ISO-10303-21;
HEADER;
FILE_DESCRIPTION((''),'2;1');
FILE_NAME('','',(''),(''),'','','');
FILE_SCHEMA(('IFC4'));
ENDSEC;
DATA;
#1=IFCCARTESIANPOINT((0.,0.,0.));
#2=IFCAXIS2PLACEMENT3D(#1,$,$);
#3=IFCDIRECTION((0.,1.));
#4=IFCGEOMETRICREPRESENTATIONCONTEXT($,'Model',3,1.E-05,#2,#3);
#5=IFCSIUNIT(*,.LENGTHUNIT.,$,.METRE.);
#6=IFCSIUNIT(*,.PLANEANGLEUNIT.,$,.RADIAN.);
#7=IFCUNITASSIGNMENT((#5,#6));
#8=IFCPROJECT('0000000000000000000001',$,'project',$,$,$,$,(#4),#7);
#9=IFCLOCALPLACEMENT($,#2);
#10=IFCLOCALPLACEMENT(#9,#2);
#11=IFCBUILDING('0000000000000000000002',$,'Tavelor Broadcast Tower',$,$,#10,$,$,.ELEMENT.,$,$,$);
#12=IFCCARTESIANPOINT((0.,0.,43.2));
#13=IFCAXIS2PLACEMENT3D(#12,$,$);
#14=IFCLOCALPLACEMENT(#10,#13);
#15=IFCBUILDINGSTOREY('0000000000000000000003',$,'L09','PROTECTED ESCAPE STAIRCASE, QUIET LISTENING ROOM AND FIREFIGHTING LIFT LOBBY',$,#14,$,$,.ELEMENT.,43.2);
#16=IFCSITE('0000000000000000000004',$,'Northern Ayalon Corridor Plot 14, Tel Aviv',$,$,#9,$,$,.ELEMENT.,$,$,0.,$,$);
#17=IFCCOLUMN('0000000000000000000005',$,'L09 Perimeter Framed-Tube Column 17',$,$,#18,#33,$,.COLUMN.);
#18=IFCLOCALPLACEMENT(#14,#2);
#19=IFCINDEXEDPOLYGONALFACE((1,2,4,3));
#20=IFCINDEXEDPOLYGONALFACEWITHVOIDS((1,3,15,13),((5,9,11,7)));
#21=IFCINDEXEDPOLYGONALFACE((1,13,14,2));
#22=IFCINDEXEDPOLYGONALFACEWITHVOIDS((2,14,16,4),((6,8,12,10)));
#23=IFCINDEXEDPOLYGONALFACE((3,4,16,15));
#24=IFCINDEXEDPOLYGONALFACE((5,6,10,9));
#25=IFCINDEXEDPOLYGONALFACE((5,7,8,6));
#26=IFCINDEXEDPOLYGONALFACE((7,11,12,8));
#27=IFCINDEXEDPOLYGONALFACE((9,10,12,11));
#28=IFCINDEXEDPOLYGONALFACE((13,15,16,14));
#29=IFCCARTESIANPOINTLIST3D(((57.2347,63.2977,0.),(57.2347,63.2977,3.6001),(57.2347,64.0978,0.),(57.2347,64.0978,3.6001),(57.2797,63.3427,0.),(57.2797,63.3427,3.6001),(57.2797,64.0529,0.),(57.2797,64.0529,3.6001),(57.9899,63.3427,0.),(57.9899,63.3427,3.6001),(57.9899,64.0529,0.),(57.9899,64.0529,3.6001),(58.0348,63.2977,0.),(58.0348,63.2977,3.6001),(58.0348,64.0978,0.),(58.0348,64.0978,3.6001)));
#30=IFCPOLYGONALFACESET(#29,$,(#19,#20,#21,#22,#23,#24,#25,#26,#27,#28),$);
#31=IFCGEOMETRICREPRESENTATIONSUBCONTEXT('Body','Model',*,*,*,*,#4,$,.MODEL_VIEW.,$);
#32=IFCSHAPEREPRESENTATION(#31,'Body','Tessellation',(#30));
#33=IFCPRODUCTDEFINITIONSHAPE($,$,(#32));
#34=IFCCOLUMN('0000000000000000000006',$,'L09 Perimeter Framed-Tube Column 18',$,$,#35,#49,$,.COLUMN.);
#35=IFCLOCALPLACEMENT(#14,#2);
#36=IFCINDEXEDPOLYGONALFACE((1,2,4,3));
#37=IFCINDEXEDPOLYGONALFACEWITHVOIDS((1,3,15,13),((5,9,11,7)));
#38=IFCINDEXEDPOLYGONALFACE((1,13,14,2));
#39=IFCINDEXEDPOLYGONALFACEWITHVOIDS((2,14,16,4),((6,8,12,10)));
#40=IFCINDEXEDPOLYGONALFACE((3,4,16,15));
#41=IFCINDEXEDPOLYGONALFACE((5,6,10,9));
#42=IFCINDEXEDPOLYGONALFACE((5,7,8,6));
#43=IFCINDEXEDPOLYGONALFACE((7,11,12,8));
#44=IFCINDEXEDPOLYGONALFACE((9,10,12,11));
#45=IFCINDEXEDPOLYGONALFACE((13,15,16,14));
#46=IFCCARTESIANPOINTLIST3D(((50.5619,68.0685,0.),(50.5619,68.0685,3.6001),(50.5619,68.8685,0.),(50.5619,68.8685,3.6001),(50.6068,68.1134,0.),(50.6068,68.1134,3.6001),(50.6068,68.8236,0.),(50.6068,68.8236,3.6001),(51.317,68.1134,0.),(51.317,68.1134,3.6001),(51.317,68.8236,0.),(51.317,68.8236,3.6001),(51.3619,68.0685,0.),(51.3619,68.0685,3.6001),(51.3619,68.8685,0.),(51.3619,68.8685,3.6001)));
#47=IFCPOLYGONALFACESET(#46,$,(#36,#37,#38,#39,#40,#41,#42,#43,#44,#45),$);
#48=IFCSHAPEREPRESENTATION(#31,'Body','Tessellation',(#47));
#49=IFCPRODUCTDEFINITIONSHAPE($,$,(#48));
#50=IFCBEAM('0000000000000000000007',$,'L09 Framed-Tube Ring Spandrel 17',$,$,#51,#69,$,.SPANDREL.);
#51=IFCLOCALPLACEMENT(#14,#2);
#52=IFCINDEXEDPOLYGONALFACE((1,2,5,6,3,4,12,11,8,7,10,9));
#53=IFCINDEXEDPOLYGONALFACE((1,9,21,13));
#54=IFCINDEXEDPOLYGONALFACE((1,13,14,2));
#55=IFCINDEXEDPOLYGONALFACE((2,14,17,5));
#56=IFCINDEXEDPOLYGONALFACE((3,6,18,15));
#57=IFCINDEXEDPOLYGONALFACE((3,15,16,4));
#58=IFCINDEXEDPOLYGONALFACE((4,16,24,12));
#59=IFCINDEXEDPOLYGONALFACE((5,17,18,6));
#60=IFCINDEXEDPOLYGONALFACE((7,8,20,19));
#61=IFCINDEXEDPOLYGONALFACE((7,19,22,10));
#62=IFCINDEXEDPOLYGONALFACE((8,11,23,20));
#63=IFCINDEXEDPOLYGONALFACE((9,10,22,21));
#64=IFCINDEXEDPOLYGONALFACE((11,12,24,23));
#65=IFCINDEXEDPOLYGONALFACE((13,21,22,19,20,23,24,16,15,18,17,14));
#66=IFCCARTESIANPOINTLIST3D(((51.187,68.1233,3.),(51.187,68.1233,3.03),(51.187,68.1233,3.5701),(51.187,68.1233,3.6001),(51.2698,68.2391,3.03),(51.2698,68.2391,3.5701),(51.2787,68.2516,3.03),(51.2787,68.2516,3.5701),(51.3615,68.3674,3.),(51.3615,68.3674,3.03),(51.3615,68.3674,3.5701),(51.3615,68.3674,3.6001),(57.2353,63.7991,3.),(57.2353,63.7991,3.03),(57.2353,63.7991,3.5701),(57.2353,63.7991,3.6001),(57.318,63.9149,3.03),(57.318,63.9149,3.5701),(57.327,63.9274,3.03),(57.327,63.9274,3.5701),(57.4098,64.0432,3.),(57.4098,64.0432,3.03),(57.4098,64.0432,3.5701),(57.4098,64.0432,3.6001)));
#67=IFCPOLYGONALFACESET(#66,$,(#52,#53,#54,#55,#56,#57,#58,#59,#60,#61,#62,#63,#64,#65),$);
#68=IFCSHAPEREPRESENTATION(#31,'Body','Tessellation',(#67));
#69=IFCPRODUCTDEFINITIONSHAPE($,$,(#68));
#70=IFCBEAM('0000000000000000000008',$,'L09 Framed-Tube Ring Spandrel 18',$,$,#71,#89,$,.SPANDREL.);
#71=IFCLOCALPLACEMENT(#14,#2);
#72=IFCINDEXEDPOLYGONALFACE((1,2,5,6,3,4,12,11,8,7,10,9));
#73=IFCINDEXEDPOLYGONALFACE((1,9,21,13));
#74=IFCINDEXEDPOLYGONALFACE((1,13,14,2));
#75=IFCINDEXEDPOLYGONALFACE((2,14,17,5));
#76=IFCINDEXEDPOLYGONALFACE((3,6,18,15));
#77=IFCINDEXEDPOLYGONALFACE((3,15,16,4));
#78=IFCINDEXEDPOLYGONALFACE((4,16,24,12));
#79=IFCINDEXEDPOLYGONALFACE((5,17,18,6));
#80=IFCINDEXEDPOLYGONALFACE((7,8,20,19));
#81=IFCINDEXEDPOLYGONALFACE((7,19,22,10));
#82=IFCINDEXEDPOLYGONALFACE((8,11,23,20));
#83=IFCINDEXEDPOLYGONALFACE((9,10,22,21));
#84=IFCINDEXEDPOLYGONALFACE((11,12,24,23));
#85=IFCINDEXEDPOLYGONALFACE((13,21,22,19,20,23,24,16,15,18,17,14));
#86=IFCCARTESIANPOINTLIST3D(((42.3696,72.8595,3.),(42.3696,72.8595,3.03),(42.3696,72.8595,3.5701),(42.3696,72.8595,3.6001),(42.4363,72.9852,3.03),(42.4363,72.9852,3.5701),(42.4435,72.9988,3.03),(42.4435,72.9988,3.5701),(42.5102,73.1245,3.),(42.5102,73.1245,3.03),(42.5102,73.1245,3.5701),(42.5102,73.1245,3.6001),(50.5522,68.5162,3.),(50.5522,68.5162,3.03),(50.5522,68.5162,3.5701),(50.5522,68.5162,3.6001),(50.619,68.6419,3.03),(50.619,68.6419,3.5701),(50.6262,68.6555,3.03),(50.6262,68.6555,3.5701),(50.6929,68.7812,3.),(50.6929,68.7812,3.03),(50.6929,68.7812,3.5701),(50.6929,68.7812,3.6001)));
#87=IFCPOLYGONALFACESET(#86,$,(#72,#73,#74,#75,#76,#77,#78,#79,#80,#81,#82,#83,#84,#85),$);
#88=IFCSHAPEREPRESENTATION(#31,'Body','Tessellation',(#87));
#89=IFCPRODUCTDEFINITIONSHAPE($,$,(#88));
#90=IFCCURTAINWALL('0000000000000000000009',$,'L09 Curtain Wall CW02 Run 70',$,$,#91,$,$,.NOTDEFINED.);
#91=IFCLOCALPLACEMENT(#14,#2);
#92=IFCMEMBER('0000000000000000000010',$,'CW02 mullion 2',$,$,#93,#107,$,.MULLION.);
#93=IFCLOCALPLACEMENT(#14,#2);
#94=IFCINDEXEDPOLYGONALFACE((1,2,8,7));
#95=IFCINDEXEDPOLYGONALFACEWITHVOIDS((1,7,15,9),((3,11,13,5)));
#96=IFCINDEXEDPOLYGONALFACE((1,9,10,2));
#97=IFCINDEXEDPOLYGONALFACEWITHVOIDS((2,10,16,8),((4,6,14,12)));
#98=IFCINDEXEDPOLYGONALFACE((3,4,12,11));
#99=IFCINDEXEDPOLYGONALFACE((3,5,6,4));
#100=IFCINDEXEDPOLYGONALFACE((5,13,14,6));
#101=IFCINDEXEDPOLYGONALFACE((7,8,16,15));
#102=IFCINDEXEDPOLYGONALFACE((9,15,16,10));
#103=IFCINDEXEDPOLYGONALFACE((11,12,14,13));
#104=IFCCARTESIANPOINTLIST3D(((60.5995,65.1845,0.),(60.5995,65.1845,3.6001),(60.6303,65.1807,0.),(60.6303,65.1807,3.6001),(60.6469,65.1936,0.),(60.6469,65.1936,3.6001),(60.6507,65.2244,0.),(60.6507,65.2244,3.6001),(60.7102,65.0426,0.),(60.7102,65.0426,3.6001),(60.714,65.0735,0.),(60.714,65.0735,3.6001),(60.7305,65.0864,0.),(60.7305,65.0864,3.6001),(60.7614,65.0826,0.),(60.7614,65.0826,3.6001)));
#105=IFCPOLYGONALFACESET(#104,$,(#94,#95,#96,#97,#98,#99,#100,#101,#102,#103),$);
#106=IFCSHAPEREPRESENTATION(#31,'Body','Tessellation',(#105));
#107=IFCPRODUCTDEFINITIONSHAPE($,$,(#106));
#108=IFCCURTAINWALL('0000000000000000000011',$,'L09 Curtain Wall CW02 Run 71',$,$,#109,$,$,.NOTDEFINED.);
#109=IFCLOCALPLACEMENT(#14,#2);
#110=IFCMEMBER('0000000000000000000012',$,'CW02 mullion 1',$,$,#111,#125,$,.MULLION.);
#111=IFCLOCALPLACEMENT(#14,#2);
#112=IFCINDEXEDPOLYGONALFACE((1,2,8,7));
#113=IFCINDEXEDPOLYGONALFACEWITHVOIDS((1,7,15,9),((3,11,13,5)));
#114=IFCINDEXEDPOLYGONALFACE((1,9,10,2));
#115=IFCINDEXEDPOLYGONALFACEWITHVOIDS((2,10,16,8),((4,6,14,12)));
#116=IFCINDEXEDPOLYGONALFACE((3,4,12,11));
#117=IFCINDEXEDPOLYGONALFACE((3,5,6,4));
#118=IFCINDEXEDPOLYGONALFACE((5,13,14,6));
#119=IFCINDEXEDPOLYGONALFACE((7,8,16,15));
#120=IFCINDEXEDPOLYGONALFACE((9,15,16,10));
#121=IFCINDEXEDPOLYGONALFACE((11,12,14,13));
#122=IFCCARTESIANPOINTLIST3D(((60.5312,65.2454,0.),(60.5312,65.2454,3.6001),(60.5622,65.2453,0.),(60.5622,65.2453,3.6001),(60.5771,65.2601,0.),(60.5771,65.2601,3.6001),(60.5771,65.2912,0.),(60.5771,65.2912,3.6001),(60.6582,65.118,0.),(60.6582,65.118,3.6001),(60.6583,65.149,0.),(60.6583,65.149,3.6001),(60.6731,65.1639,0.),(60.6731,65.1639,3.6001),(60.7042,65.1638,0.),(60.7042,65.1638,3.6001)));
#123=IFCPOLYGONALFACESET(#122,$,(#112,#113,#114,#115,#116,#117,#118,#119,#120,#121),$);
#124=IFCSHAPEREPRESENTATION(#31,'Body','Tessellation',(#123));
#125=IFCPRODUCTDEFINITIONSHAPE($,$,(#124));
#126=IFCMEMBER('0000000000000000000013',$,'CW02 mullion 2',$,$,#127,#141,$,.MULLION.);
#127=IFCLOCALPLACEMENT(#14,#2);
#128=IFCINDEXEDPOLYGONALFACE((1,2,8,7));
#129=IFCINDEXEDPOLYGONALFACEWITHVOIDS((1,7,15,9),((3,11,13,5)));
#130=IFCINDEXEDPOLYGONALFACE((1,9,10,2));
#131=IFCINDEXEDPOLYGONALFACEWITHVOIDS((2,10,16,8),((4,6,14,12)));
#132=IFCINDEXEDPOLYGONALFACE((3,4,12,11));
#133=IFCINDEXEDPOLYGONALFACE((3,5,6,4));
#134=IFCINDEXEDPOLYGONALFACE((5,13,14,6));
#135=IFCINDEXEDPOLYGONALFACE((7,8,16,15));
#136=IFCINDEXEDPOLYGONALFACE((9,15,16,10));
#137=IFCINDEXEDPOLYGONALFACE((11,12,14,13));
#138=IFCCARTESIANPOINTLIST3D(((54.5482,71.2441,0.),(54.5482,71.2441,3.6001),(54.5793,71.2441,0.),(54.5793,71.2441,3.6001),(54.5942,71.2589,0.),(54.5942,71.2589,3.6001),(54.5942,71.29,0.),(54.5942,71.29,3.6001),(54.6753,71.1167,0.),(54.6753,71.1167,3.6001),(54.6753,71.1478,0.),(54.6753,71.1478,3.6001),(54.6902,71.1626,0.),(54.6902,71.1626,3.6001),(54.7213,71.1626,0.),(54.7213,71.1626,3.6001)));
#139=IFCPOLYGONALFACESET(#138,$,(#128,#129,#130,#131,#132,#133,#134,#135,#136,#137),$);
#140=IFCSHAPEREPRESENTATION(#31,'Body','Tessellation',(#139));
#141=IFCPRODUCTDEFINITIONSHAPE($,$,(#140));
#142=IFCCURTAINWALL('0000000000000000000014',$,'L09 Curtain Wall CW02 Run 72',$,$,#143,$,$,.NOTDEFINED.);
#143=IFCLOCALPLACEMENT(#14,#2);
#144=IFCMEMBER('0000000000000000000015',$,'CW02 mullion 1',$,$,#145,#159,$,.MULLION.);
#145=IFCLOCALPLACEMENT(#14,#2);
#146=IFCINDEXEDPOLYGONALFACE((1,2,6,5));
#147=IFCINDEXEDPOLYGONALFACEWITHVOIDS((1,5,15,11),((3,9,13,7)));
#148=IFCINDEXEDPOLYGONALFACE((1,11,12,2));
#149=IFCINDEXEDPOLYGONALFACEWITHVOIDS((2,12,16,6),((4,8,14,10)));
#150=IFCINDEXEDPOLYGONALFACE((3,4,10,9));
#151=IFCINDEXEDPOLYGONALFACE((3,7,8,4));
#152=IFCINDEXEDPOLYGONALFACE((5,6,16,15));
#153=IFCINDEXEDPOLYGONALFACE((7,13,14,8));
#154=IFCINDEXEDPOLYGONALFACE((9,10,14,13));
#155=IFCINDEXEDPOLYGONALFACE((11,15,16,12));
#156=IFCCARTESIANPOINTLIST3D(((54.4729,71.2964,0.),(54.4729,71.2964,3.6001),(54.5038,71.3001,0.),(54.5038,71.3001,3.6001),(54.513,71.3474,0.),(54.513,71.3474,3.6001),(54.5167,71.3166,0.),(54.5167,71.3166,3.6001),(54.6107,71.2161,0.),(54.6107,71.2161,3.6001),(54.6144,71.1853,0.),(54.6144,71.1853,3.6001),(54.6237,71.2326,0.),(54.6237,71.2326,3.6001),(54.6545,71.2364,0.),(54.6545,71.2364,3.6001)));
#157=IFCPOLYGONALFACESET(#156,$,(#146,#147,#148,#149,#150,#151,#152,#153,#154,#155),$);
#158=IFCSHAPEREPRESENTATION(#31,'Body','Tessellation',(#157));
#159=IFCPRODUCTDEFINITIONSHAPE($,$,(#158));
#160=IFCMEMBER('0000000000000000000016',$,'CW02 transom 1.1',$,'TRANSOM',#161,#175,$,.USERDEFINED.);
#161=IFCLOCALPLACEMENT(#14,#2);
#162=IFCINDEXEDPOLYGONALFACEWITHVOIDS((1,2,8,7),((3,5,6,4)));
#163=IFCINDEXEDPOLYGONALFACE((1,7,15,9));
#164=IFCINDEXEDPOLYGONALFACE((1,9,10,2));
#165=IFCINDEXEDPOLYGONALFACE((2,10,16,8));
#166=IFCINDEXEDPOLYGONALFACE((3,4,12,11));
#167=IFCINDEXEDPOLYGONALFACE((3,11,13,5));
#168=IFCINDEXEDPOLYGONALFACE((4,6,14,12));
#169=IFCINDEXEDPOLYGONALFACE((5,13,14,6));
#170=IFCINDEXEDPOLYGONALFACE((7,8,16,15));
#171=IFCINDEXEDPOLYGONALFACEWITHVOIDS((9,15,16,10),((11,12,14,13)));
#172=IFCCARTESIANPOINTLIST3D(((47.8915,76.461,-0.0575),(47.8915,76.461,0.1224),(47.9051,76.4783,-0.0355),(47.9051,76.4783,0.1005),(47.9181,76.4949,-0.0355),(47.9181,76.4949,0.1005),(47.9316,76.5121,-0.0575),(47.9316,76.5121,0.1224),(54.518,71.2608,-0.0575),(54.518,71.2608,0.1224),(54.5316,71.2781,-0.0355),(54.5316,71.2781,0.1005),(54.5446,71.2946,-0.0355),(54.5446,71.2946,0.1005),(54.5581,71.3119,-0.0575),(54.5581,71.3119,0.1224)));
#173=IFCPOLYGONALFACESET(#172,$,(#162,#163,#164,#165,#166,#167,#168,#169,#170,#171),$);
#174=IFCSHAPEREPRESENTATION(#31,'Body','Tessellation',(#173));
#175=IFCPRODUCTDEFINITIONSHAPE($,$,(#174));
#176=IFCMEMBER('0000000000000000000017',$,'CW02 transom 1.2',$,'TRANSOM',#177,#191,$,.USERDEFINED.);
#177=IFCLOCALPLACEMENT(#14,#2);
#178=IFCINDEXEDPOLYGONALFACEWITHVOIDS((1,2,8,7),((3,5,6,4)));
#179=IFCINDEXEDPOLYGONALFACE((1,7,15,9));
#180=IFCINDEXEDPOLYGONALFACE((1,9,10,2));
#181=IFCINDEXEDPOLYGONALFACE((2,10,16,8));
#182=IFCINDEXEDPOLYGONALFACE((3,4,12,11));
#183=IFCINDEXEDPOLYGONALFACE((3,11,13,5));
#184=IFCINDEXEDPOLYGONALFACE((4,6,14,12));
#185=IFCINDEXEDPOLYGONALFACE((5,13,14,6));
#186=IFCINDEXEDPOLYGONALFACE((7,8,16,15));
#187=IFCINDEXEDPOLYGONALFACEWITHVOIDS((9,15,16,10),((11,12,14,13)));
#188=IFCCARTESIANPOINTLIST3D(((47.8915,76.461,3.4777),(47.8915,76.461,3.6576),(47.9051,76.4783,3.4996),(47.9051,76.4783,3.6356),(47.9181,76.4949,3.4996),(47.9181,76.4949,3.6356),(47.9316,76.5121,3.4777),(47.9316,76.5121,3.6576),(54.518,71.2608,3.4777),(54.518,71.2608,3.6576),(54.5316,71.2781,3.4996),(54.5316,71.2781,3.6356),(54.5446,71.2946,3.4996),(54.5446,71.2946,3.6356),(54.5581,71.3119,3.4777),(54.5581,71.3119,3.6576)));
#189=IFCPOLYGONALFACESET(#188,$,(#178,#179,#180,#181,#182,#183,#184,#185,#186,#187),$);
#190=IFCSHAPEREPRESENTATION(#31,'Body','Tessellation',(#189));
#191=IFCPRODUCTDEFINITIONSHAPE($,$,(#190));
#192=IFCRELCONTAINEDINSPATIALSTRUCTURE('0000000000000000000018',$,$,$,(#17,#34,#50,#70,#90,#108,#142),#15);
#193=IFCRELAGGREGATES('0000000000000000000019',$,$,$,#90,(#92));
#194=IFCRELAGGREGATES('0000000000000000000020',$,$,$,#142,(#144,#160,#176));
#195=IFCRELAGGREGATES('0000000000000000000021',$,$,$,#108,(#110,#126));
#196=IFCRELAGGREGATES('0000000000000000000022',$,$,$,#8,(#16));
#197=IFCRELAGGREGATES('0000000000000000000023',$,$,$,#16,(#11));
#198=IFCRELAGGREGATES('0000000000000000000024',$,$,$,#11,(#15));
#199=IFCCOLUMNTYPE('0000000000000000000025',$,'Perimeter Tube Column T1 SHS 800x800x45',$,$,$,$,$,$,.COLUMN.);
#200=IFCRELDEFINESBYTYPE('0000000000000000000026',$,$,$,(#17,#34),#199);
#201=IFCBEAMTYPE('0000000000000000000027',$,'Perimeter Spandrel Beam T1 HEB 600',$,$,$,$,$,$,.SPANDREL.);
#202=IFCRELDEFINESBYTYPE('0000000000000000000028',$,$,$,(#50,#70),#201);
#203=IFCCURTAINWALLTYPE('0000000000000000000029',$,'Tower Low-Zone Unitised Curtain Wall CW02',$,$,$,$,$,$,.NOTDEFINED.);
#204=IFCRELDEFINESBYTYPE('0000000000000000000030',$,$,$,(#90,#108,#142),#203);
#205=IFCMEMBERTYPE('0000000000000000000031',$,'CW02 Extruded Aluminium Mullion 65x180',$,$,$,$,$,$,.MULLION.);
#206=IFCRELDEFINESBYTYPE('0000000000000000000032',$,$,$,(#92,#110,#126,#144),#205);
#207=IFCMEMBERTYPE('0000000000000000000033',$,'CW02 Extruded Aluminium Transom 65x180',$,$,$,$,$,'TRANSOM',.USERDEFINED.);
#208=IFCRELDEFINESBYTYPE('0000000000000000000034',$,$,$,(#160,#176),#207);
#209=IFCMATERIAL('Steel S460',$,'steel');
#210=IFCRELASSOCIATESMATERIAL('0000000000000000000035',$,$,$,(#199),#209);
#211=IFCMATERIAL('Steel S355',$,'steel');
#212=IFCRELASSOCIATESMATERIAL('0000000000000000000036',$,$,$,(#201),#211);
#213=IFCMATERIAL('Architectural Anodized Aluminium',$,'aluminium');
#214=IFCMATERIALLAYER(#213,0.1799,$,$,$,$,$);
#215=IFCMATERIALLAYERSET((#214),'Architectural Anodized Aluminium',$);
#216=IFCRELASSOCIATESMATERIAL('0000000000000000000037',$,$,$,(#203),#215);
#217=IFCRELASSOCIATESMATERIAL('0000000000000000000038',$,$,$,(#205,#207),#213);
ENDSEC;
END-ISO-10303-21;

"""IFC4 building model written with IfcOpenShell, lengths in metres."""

from ifc_helpers import new_model, si_unit, direction, frame, origin, origin_2d, place, context, subcontext, project, spatial, hollow_rectangle, i_section, extrude, source, transform, mapped, material, layer, layer_set, material_profile, profile_set, type_object, type_shapes, element, aggregate, save


model = new_model("IFC4")

# Units and contexts
model_context = context("Model", 3, precision=1e-05, world=origin(), true_north=direction((0.0, 1.0)))
body_context = subcontext(model_context, "Body", "Model", "MODEL_VIEW")
ifc_project = project(units=[si_unit("LENGTHUNIT", "METRE"), si_unit("PLANEANGLEUNIT", "RADIAN")], contexts=[model_context])

# Site, building, storey
site_placement = place(None, origin())
site = spatial("IfcSite", under=ifc_project, at=site_placement, Name="Northern Ayalon Corridor Plot 14, Tel Aviv", CompositionType="ELEMENT", RefElevation=0.0)
building_placement = place(site_placement, origin())
building = spatial("IfcBuilding", under=site, at=building_placement, Name="Tavelor Broadcast Tower", CompositionType="ELEMENT")
storey_placement = place(building_placement, frame((0.0, 0.0, 43.2)))
storey = spatial("IfcBuildingStorey", under=building, at=storey_placement, Name="L09", Description="PROTECTED ESCAPE STAIRCASE, QUIET LISTENING ROOM AND FIREFIGHTING LIFT LOBBY", CompositionType="ELEMENT", Elevation=43.2)

# Columns
ifc_material_1 = material(Name="Steel S460", Category="steel")
ifc_material_profile_1 = material_profile(ifc_material_1, hollow_rectangle(XDim=0.8, YDim=0.8, WallThickness=0.0449, at=origin_2d()), Name="SHS 800x800x45")
ifc_profile_set_1 = profile_set([ifc_material_profile_1], Name="Steel S460")
column_type = type_object("IfcColumnType", Name="Perimeter Tube Column T1 SHS 800x800x45", PredefinedType="COLUMN", material=ifc_profile_set_1)
for number, where, z_axis, x_axis, name in (
    (1, (57.6348, 63.6978, 0.0), (0.0, 0.0, 1.0), (1.0, 0.0, 0.0), "L09 Perimeter Framed-Tube Column 17"),
    (2, (50.9619, 68.4685, 0.0), (0.0, 0.0, 1.0), (1.0, 0.0, 0.0), "L09 Perimeter Framed-Tube Column 18"),
):
    element("IfcColumn", number, at=place(storey_placement, frame(where, z_axis=z_axis, x_axis=x_axis)), inside=storey, type_object=column_type, Name=name, PredefinedType="COLUMN", context=body_context, shape_type="SweptSolid", body=[
        extrude(hollow_rectangle(XDim=0.8, YDim=0.8, WallThickness=0.0449, at=origin_2d()), origin(), (0.0, 0.0, 1.0), 3.6001),
    ])

# Beams
ifc_material_2 = material(Name="Steel S355", Category="steel")
ifc_material_profile_2 = material_profile(ifc_material_2, i_section(OverallWidth=0.3, OverallDepth=0.6001, WebThickness=0.0154, FlangeThickness=0.03, at=origin_2d()), Name="HEB 600")
ifc_profile_set_2 = profile_set([ifc_material_profile_2], Name="Steel S355")
beam_type = type_object("IfcBeamType", Name="Perimeter Spandrel Beam T1 HEB 600", PredefinedType="SPANDREL", material=ifc_profile_set_2)
beam_1_placement = place(storey_placement, frame((57.3225, 63.9211, 3.3), z_axis=(-0.81348, 0.581592, 0.0), x_axis=(-0.581592, -0.81348, 0.0)))
element("IfcBeam", 3, at=beam_1_placement, inside=storey, type_object=beam_type, Name="L09 Framed-Tube Ring Spandrel 17", PredefinedType="SPANDREL", context=body_context, shape_type="SweptSolid", body=[
    extrude(i_section(OverallWidth=0.3, OverallDepth=0.6001, WebThickness=0.0154, FlangeThickness=0.03, at=origin_2d()), origin(), (0.0, 0.0, 1.0), 7.4351),
])
beam_2_placement = place(storey_placement, frame((50.6226, 68.6487, 3.3), z_axis=(-0.883284, 0.468839, 0.0), x_axis=(-0.468839, -0.883284, 0.0)))
element("IfcBeam", 4, at=beam_2_placement, inside=storey, type_object=beam_type, Name="L09 Framed-Tube Ring Spandrel 18", PredefinedType="SPANDREL", context=body_context, shape_type="SweptSolid", body=[
    extrude(i_section(OverallWidth=0.3, OverallDepth=0.6001, WebThickness=0.0154, FlangeThickness=0.03, at=origin_2d()), origin(), (0.0, 0.0, 1.0), 9.2639),
])

# Curtain wall, member
ifc_material_3 = material(Name="Architectural Anodized Aluminium", Category="aluminium")
ifc_layer_1 = layer(ifc_material_3, 0.1799)
ifc_layer_set_1 = layer_set([ifc_layer_1], Name="Architectural Anodized Aluminium")
curtain_wall_type = type_object("IfcCurtainWallType", Name="Tower Low-Zone Unitised Curtain Wall CW02", PredefinedType="NOTDEFINED", material=ifc_layer_set_1)
curtain_wall_1_placement = place(storey_placement, origin())
curtain_wall_1 = element("IfcCurtainWall", 5, at=curtain_wall_1_placement, inside=storey, type_object=curtain_wall_type, Name="L09 Curtain Wall CW02 Run 70", PredefinedType="NOTDEFINED")
ifc_material_profile_3 = material_profile(ifc_material_3, hollow_rectangle(XDim=0.0649, YDim=0.1799, WallThickness=0.022, at=origin_2d()), Name="RHS 65x180x22")
ifc_profile_set_3 = profile_set([ifc_material_profile_3], Name="Architectural Anodized Aluminium")
member_type_1 = type_object("IfcMemberType", Name="CW02 Extruded Aluminium Mullion 65x180", PredefinedType="MULLION", material=ifc_profile_set_3)
shared_shape_1 = source(origin(), body_context, "Body", "SweptSolid", [
    extrude(hollow_rectangle(XDim=0.0649, YDim=0.1799, WallThickness=0.022, at=origin_2d()), origin(), (0.0, 0.0, 1.0), 3.6001),
])
type_shapes(member_type_1, [shared_shape_1])
member_1_placement = place(storey_placement, frame((60.6804, 65.1335, 0.0), z_axis=(0.0, 0.0, 1.0), x_axis=(-0.788273, -0.615326, 0.0)))
member_1 = element("IfcMember", 6, at=member_1_placement, type_object=member_type_1, Name="CW02 mullion 2", PredefinedType="MULLION", context=body_context, shape_type="MappedRepresentation", body=[
    mapped(shared_shape_1, transform((0.0, 0.0, 0.0), scale=1.0)),
])
aggregate(curtain_wall_1, [member_1])

# Curtain walls, members
curtain_wall_2_placement = place(storey_placement, origin())
curtain_wall_2 = element("IfcCurtainWall", 7, at=curtain_wall_2_placement, inside=storey, type_object=curtain_wall_type, Name="L09 Curtain Wall CW02 Run 71", PredefinedType="NOTDEFINED")
member_2_placement = place(storey_placement, frame((60.6177, 65.2046, 0.0), z_axis=(0.0, 0.0, 1.0), x_axis=(-0.708026, -0.706187, 0.0)))
member_2 = element("IfcMember", 8, at=member_2_placement, type_object=member_type_1, Name="CW02 mullion 1", PredefinedType="MULLION", context=body_context, shape_type="MappedRepresentation", body=[
    mapped(shared_shape_1, transform((0.0, 0.0, 0.0), scale=1.0)),
])
member_3_placement = place(storey_placement, frame((54.6348, 71.2034, 0.0), z_axis=(0.0, 0.0, 1.0), x_axis=(-0.708026, -0.706187, 0.0)))
member_3 = element("IfcMember", 9, at=member_3_placement, type_object=member_type_1, Name="CW02 mullion 2", PredefinedType="MULLION", context=body_context, shape_type="MappedRepresentation", body=[
    mapped(shared_shape_1, transform((0.0, 0.0, 0.0), scale=1.0)),
])
curtain_wall_3_placement = place(storey_placement, origin())
curtain_wall_3 = element("IfcCurtainWall", 10, at=curtain_wall_3_placement, inside=storey, type_object=curtain_wall_type, Name="L09 Curtain Wall CW02 Run 72", PredefinedType="NOTDEFINED")
member_4_placement = place(storey_placement, frame((54.5637, 71.2664, 0.0), z_axis=(0.0, 0.0, 1.0), x_axis=(-0.617356, -0.786684, 0.0)))
member_4 = element("IfcMember", 11, at=member_4_placement, type_object=member_type_1, Name="CW02 mullion 1", PredefinedType="MULLION", context=body_context, shape_type="MappedRepresentation", body=[
    mapped(shared_shape_1, transform((0.0, 0.0, 0.0), scale=1.0)),
])
ifc_material_profile_4 = material_profile(ifc_material_3, hollow_rectangle(XDim=0.0649, YDim=0.1799, WallThickness=0.022, at=origin_2d()), Name="RHS 65x180x22")
ifc_profile_set_4 = profile_set([ifc_material_profile_4], Name="Architectural Anodized Aluminium")
member_type_2 = type_object("IfcMemberType", Name="CW02 Extruded Aluminium Transom 65x180", ElementType="TRANSOM", PredefinedType="USERDEFINED", material=ifc_profile_set_4)
shared_shape_2 = source(origin(), body_context, "Body", "SweptSolid", [
    extrude(hollow_rectangle(XDim=0.0649, YDim=0.1799, WallThickness=0.022, at=origin_2d()), origin(), (0.0, 0.0, 1.0), 8.4233),
])
member_5_placement = place(storey_placement, frame((54.5381, 71.2864, 0.0325), z_axis=(-0.786682, 0.617358, 0.0), x_axis=(-0.617358, -0.786682, 0.0)))
member_5 = element("IfcMember", 12, at=member_5_placement, type_object=member_type_2, Name="CW02 transom 1.1", ObjectType="TRANSOM", PredefinedType="USERDEFINED", context=body_context, shape_type="MappedRepresentation", body=[
    mapped(shared_shape_2, transform((0.0, 0.0, 0.0), scale=1.0)),
])
member_6_placement = place(storey_placement, frame((54.5381, 71.2864, 3.5676), z_axis=(-0.786682, 0.617358, 0.0), x_axis=(-0.617358, -0.786682, 0.0)))
member_6 = element("IfcMember", 13, at=member_6_placement, type_object=member_type_2, Name="CW02 transom 1.2", ObjectType="TRANSOM", PredefinedType="USERDEFINED", context=body_context, shape_type="MappedRepresentation", body=[
    mapped(shared_shape_2, transform((0.0, 0.0, 0.0), scale=1.0)),
])

aggregate(curtain_wall_3, [member_4, member_5, member_6])
aggregate(curtain_wall_2, [member_2, member_3])

save(model, "model.ifc")
